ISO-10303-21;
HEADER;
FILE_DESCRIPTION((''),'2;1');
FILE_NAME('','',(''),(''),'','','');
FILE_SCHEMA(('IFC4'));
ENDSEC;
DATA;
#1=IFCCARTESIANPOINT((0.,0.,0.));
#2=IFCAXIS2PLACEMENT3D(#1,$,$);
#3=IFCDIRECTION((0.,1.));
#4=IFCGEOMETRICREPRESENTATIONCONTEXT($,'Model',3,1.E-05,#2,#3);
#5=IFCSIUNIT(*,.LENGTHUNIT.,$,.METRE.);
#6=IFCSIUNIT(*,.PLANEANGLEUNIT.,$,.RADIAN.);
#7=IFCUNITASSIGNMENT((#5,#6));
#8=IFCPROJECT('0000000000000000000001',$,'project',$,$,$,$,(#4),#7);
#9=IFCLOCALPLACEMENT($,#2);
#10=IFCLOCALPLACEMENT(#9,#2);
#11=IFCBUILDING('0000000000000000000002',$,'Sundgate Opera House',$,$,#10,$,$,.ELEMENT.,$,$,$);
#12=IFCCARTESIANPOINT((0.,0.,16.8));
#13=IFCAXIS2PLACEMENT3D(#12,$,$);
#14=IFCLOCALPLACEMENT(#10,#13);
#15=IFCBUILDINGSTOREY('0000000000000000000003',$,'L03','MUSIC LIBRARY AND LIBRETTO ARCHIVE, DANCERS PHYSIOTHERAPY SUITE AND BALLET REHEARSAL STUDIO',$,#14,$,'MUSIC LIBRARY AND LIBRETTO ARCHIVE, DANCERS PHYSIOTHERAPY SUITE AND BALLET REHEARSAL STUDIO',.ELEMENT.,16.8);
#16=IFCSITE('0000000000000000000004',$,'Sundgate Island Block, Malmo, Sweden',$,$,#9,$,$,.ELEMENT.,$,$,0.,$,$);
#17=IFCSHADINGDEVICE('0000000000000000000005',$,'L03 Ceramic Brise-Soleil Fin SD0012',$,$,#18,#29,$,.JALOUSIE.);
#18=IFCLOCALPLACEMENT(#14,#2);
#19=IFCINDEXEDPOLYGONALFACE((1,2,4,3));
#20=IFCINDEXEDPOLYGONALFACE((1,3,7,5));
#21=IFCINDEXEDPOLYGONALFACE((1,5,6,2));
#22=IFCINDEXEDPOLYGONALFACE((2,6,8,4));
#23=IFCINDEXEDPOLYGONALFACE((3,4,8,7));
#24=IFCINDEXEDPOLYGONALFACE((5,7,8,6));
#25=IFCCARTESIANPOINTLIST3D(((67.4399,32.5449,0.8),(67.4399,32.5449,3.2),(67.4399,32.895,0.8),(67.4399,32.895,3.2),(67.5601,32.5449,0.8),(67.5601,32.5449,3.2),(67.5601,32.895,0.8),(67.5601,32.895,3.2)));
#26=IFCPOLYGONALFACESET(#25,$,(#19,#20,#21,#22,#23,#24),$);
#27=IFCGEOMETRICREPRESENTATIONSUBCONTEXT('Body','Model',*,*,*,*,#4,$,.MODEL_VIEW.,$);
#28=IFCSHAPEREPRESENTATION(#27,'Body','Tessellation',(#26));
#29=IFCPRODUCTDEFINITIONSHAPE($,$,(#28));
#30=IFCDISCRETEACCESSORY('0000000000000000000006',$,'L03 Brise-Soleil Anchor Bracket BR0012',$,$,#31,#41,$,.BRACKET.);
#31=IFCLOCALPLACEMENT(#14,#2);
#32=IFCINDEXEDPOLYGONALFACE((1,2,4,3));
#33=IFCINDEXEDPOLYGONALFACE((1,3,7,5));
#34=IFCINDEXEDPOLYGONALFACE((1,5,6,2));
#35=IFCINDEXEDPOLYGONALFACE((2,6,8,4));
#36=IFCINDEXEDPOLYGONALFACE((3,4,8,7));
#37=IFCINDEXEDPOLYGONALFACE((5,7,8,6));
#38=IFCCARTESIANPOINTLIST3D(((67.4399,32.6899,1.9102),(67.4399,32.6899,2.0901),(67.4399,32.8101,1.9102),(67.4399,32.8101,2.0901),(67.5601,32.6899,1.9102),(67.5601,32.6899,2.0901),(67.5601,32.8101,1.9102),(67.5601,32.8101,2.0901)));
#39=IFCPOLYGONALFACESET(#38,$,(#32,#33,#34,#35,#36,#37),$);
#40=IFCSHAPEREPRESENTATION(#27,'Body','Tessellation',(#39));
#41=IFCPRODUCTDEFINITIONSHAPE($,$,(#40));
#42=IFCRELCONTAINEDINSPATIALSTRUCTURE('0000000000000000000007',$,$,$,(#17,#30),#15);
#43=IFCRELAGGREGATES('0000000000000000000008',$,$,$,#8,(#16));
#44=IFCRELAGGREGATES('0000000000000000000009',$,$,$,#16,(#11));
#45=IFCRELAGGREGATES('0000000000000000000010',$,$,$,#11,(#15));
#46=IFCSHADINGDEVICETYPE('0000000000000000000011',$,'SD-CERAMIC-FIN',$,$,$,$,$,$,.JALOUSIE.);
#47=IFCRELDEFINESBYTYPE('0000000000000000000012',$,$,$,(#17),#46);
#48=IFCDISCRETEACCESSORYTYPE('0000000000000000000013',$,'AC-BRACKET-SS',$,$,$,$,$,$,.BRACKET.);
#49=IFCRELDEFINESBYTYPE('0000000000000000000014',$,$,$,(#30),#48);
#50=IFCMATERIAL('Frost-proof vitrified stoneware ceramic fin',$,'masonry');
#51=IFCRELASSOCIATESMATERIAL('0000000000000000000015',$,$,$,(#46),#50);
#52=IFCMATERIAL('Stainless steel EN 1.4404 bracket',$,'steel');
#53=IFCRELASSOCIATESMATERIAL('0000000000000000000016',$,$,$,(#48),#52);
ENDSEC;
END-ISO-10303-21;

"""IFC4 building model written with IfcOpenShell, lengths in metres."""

from ifc_helpers import new_model, si_unit, direction, frame, origin, origin_2d, place, context, subcontext, project, spatial, rectangle, extrude, material, type_object, element, save


model = new_model("IFC4")

# Units and contexts
model_context = context("Model", 3, precision=1e-05, world=origin(), true_north=direction((0.0, 1.0)))
body_context = subcontext(model_context, "Body", "Model", "MODEL_VIEW")
ifc_project = project(units=[si_unit("LENGTHUNIT", "METRE"), si_unit("PLANEANGLEUNIT", "RADIAN")], contexts=[model_context])

# Site, building, storey
site_placement = place(None, origin())
site = spatial("IfcSite", under=ifc_project, at=site_placement, Name="Sundgate Island Block, Malmo, Sweden", CompositionType="ELEMENT", RefElevation=0.0)
building_placement = place(site_placement, origin())
building = spatial("IfcBuilding", under=site, at=building_placement, Name="Sundgate Opera House", CompositionType="ELEMENT")
storey_placement = place(building_placement, frame((0.0, 0.0, 16.8)))
storey = spatial("IfcBuildingStorey", under=building, at=storey_placement, Name="L03", Description="MUSIC LIBRARY AND LIBRETTO ARCHIVE, DANCERS PHYSIOTHERAPY SUITE AND BALLET REHEARSAL STUDIO", LongName="MUSIC LIBRARY AND LIBRETTO ARCHIVE, DANCERS PHYSIOTHERAPY SUITE AND BALLET REHEARSAL STUDIO", CompositionType="ELEMENT", Elevation=16.8)

# Shading device
ifc_material_1 = material(Name="Frost-proof vitrified stoneware ceramic fin", Category="masonry")
shading_device_type = type_object("IfcShadingDeviceType", Name="SD-CERAMIC-FIN", PredefinedType="JALOUSIE", material=ifc_material_1)
shading_device_placement = place(storey_placement, frame((67.5, 32.72, 0.8), z_axis=(0.0, 0.0, 1.0), x_axis=(1.0, 0.0, 0.0)))
element("IfcShadingDevice", 1, at=shading_device_placement, inside=storey, type_object=shading_device_type, Name="L03 Ceramic Brise-Soleil Fin SD0012", PredefinedType="JALOUSIE", context=body_context, shape_type="SweptSolid", body=[
    extrude(rectangle(XDim=0.1201, YDim=0.3501, at=origin_2d()), origin(), (0.0, 0.0, 1.0), 2.3999),
])

# Discrete accessory
ifc_material_2 = material(Name="Stainless steel EN 1.4404 bracket", Category="steel")
discrete_accessory_type = type_object("IfcDiscreteAccessoryType", Name="AC-BRACKET-SS", PredefinedType="BRACKET", material=ifc_material_2)
discrete_accessory_placement = place(storey_placement, frame((67.5, 32.75, 1.9102), z_axis=(0.0, 0.0, 1.0), x_axis=(1.0, 0.0, 0.0)))
element("IfcDiscreteAccessory", 2, at=discrete_accessory_placement, inside=storey, type_object=discrete_accessory_type, Name="L03 Brise-Soleil Anchor Bracket BR0012", PredefinedType="BRACKET", context=body_context, shape_type="SweptSolid", body=[
    extrude(rectangle(XDim=0.1201, YDim=0.1201, at=origin_2d()), origin(), (0.0, 0.0, 1.0), 0.1799),
])

save(model, "model.ifc")
